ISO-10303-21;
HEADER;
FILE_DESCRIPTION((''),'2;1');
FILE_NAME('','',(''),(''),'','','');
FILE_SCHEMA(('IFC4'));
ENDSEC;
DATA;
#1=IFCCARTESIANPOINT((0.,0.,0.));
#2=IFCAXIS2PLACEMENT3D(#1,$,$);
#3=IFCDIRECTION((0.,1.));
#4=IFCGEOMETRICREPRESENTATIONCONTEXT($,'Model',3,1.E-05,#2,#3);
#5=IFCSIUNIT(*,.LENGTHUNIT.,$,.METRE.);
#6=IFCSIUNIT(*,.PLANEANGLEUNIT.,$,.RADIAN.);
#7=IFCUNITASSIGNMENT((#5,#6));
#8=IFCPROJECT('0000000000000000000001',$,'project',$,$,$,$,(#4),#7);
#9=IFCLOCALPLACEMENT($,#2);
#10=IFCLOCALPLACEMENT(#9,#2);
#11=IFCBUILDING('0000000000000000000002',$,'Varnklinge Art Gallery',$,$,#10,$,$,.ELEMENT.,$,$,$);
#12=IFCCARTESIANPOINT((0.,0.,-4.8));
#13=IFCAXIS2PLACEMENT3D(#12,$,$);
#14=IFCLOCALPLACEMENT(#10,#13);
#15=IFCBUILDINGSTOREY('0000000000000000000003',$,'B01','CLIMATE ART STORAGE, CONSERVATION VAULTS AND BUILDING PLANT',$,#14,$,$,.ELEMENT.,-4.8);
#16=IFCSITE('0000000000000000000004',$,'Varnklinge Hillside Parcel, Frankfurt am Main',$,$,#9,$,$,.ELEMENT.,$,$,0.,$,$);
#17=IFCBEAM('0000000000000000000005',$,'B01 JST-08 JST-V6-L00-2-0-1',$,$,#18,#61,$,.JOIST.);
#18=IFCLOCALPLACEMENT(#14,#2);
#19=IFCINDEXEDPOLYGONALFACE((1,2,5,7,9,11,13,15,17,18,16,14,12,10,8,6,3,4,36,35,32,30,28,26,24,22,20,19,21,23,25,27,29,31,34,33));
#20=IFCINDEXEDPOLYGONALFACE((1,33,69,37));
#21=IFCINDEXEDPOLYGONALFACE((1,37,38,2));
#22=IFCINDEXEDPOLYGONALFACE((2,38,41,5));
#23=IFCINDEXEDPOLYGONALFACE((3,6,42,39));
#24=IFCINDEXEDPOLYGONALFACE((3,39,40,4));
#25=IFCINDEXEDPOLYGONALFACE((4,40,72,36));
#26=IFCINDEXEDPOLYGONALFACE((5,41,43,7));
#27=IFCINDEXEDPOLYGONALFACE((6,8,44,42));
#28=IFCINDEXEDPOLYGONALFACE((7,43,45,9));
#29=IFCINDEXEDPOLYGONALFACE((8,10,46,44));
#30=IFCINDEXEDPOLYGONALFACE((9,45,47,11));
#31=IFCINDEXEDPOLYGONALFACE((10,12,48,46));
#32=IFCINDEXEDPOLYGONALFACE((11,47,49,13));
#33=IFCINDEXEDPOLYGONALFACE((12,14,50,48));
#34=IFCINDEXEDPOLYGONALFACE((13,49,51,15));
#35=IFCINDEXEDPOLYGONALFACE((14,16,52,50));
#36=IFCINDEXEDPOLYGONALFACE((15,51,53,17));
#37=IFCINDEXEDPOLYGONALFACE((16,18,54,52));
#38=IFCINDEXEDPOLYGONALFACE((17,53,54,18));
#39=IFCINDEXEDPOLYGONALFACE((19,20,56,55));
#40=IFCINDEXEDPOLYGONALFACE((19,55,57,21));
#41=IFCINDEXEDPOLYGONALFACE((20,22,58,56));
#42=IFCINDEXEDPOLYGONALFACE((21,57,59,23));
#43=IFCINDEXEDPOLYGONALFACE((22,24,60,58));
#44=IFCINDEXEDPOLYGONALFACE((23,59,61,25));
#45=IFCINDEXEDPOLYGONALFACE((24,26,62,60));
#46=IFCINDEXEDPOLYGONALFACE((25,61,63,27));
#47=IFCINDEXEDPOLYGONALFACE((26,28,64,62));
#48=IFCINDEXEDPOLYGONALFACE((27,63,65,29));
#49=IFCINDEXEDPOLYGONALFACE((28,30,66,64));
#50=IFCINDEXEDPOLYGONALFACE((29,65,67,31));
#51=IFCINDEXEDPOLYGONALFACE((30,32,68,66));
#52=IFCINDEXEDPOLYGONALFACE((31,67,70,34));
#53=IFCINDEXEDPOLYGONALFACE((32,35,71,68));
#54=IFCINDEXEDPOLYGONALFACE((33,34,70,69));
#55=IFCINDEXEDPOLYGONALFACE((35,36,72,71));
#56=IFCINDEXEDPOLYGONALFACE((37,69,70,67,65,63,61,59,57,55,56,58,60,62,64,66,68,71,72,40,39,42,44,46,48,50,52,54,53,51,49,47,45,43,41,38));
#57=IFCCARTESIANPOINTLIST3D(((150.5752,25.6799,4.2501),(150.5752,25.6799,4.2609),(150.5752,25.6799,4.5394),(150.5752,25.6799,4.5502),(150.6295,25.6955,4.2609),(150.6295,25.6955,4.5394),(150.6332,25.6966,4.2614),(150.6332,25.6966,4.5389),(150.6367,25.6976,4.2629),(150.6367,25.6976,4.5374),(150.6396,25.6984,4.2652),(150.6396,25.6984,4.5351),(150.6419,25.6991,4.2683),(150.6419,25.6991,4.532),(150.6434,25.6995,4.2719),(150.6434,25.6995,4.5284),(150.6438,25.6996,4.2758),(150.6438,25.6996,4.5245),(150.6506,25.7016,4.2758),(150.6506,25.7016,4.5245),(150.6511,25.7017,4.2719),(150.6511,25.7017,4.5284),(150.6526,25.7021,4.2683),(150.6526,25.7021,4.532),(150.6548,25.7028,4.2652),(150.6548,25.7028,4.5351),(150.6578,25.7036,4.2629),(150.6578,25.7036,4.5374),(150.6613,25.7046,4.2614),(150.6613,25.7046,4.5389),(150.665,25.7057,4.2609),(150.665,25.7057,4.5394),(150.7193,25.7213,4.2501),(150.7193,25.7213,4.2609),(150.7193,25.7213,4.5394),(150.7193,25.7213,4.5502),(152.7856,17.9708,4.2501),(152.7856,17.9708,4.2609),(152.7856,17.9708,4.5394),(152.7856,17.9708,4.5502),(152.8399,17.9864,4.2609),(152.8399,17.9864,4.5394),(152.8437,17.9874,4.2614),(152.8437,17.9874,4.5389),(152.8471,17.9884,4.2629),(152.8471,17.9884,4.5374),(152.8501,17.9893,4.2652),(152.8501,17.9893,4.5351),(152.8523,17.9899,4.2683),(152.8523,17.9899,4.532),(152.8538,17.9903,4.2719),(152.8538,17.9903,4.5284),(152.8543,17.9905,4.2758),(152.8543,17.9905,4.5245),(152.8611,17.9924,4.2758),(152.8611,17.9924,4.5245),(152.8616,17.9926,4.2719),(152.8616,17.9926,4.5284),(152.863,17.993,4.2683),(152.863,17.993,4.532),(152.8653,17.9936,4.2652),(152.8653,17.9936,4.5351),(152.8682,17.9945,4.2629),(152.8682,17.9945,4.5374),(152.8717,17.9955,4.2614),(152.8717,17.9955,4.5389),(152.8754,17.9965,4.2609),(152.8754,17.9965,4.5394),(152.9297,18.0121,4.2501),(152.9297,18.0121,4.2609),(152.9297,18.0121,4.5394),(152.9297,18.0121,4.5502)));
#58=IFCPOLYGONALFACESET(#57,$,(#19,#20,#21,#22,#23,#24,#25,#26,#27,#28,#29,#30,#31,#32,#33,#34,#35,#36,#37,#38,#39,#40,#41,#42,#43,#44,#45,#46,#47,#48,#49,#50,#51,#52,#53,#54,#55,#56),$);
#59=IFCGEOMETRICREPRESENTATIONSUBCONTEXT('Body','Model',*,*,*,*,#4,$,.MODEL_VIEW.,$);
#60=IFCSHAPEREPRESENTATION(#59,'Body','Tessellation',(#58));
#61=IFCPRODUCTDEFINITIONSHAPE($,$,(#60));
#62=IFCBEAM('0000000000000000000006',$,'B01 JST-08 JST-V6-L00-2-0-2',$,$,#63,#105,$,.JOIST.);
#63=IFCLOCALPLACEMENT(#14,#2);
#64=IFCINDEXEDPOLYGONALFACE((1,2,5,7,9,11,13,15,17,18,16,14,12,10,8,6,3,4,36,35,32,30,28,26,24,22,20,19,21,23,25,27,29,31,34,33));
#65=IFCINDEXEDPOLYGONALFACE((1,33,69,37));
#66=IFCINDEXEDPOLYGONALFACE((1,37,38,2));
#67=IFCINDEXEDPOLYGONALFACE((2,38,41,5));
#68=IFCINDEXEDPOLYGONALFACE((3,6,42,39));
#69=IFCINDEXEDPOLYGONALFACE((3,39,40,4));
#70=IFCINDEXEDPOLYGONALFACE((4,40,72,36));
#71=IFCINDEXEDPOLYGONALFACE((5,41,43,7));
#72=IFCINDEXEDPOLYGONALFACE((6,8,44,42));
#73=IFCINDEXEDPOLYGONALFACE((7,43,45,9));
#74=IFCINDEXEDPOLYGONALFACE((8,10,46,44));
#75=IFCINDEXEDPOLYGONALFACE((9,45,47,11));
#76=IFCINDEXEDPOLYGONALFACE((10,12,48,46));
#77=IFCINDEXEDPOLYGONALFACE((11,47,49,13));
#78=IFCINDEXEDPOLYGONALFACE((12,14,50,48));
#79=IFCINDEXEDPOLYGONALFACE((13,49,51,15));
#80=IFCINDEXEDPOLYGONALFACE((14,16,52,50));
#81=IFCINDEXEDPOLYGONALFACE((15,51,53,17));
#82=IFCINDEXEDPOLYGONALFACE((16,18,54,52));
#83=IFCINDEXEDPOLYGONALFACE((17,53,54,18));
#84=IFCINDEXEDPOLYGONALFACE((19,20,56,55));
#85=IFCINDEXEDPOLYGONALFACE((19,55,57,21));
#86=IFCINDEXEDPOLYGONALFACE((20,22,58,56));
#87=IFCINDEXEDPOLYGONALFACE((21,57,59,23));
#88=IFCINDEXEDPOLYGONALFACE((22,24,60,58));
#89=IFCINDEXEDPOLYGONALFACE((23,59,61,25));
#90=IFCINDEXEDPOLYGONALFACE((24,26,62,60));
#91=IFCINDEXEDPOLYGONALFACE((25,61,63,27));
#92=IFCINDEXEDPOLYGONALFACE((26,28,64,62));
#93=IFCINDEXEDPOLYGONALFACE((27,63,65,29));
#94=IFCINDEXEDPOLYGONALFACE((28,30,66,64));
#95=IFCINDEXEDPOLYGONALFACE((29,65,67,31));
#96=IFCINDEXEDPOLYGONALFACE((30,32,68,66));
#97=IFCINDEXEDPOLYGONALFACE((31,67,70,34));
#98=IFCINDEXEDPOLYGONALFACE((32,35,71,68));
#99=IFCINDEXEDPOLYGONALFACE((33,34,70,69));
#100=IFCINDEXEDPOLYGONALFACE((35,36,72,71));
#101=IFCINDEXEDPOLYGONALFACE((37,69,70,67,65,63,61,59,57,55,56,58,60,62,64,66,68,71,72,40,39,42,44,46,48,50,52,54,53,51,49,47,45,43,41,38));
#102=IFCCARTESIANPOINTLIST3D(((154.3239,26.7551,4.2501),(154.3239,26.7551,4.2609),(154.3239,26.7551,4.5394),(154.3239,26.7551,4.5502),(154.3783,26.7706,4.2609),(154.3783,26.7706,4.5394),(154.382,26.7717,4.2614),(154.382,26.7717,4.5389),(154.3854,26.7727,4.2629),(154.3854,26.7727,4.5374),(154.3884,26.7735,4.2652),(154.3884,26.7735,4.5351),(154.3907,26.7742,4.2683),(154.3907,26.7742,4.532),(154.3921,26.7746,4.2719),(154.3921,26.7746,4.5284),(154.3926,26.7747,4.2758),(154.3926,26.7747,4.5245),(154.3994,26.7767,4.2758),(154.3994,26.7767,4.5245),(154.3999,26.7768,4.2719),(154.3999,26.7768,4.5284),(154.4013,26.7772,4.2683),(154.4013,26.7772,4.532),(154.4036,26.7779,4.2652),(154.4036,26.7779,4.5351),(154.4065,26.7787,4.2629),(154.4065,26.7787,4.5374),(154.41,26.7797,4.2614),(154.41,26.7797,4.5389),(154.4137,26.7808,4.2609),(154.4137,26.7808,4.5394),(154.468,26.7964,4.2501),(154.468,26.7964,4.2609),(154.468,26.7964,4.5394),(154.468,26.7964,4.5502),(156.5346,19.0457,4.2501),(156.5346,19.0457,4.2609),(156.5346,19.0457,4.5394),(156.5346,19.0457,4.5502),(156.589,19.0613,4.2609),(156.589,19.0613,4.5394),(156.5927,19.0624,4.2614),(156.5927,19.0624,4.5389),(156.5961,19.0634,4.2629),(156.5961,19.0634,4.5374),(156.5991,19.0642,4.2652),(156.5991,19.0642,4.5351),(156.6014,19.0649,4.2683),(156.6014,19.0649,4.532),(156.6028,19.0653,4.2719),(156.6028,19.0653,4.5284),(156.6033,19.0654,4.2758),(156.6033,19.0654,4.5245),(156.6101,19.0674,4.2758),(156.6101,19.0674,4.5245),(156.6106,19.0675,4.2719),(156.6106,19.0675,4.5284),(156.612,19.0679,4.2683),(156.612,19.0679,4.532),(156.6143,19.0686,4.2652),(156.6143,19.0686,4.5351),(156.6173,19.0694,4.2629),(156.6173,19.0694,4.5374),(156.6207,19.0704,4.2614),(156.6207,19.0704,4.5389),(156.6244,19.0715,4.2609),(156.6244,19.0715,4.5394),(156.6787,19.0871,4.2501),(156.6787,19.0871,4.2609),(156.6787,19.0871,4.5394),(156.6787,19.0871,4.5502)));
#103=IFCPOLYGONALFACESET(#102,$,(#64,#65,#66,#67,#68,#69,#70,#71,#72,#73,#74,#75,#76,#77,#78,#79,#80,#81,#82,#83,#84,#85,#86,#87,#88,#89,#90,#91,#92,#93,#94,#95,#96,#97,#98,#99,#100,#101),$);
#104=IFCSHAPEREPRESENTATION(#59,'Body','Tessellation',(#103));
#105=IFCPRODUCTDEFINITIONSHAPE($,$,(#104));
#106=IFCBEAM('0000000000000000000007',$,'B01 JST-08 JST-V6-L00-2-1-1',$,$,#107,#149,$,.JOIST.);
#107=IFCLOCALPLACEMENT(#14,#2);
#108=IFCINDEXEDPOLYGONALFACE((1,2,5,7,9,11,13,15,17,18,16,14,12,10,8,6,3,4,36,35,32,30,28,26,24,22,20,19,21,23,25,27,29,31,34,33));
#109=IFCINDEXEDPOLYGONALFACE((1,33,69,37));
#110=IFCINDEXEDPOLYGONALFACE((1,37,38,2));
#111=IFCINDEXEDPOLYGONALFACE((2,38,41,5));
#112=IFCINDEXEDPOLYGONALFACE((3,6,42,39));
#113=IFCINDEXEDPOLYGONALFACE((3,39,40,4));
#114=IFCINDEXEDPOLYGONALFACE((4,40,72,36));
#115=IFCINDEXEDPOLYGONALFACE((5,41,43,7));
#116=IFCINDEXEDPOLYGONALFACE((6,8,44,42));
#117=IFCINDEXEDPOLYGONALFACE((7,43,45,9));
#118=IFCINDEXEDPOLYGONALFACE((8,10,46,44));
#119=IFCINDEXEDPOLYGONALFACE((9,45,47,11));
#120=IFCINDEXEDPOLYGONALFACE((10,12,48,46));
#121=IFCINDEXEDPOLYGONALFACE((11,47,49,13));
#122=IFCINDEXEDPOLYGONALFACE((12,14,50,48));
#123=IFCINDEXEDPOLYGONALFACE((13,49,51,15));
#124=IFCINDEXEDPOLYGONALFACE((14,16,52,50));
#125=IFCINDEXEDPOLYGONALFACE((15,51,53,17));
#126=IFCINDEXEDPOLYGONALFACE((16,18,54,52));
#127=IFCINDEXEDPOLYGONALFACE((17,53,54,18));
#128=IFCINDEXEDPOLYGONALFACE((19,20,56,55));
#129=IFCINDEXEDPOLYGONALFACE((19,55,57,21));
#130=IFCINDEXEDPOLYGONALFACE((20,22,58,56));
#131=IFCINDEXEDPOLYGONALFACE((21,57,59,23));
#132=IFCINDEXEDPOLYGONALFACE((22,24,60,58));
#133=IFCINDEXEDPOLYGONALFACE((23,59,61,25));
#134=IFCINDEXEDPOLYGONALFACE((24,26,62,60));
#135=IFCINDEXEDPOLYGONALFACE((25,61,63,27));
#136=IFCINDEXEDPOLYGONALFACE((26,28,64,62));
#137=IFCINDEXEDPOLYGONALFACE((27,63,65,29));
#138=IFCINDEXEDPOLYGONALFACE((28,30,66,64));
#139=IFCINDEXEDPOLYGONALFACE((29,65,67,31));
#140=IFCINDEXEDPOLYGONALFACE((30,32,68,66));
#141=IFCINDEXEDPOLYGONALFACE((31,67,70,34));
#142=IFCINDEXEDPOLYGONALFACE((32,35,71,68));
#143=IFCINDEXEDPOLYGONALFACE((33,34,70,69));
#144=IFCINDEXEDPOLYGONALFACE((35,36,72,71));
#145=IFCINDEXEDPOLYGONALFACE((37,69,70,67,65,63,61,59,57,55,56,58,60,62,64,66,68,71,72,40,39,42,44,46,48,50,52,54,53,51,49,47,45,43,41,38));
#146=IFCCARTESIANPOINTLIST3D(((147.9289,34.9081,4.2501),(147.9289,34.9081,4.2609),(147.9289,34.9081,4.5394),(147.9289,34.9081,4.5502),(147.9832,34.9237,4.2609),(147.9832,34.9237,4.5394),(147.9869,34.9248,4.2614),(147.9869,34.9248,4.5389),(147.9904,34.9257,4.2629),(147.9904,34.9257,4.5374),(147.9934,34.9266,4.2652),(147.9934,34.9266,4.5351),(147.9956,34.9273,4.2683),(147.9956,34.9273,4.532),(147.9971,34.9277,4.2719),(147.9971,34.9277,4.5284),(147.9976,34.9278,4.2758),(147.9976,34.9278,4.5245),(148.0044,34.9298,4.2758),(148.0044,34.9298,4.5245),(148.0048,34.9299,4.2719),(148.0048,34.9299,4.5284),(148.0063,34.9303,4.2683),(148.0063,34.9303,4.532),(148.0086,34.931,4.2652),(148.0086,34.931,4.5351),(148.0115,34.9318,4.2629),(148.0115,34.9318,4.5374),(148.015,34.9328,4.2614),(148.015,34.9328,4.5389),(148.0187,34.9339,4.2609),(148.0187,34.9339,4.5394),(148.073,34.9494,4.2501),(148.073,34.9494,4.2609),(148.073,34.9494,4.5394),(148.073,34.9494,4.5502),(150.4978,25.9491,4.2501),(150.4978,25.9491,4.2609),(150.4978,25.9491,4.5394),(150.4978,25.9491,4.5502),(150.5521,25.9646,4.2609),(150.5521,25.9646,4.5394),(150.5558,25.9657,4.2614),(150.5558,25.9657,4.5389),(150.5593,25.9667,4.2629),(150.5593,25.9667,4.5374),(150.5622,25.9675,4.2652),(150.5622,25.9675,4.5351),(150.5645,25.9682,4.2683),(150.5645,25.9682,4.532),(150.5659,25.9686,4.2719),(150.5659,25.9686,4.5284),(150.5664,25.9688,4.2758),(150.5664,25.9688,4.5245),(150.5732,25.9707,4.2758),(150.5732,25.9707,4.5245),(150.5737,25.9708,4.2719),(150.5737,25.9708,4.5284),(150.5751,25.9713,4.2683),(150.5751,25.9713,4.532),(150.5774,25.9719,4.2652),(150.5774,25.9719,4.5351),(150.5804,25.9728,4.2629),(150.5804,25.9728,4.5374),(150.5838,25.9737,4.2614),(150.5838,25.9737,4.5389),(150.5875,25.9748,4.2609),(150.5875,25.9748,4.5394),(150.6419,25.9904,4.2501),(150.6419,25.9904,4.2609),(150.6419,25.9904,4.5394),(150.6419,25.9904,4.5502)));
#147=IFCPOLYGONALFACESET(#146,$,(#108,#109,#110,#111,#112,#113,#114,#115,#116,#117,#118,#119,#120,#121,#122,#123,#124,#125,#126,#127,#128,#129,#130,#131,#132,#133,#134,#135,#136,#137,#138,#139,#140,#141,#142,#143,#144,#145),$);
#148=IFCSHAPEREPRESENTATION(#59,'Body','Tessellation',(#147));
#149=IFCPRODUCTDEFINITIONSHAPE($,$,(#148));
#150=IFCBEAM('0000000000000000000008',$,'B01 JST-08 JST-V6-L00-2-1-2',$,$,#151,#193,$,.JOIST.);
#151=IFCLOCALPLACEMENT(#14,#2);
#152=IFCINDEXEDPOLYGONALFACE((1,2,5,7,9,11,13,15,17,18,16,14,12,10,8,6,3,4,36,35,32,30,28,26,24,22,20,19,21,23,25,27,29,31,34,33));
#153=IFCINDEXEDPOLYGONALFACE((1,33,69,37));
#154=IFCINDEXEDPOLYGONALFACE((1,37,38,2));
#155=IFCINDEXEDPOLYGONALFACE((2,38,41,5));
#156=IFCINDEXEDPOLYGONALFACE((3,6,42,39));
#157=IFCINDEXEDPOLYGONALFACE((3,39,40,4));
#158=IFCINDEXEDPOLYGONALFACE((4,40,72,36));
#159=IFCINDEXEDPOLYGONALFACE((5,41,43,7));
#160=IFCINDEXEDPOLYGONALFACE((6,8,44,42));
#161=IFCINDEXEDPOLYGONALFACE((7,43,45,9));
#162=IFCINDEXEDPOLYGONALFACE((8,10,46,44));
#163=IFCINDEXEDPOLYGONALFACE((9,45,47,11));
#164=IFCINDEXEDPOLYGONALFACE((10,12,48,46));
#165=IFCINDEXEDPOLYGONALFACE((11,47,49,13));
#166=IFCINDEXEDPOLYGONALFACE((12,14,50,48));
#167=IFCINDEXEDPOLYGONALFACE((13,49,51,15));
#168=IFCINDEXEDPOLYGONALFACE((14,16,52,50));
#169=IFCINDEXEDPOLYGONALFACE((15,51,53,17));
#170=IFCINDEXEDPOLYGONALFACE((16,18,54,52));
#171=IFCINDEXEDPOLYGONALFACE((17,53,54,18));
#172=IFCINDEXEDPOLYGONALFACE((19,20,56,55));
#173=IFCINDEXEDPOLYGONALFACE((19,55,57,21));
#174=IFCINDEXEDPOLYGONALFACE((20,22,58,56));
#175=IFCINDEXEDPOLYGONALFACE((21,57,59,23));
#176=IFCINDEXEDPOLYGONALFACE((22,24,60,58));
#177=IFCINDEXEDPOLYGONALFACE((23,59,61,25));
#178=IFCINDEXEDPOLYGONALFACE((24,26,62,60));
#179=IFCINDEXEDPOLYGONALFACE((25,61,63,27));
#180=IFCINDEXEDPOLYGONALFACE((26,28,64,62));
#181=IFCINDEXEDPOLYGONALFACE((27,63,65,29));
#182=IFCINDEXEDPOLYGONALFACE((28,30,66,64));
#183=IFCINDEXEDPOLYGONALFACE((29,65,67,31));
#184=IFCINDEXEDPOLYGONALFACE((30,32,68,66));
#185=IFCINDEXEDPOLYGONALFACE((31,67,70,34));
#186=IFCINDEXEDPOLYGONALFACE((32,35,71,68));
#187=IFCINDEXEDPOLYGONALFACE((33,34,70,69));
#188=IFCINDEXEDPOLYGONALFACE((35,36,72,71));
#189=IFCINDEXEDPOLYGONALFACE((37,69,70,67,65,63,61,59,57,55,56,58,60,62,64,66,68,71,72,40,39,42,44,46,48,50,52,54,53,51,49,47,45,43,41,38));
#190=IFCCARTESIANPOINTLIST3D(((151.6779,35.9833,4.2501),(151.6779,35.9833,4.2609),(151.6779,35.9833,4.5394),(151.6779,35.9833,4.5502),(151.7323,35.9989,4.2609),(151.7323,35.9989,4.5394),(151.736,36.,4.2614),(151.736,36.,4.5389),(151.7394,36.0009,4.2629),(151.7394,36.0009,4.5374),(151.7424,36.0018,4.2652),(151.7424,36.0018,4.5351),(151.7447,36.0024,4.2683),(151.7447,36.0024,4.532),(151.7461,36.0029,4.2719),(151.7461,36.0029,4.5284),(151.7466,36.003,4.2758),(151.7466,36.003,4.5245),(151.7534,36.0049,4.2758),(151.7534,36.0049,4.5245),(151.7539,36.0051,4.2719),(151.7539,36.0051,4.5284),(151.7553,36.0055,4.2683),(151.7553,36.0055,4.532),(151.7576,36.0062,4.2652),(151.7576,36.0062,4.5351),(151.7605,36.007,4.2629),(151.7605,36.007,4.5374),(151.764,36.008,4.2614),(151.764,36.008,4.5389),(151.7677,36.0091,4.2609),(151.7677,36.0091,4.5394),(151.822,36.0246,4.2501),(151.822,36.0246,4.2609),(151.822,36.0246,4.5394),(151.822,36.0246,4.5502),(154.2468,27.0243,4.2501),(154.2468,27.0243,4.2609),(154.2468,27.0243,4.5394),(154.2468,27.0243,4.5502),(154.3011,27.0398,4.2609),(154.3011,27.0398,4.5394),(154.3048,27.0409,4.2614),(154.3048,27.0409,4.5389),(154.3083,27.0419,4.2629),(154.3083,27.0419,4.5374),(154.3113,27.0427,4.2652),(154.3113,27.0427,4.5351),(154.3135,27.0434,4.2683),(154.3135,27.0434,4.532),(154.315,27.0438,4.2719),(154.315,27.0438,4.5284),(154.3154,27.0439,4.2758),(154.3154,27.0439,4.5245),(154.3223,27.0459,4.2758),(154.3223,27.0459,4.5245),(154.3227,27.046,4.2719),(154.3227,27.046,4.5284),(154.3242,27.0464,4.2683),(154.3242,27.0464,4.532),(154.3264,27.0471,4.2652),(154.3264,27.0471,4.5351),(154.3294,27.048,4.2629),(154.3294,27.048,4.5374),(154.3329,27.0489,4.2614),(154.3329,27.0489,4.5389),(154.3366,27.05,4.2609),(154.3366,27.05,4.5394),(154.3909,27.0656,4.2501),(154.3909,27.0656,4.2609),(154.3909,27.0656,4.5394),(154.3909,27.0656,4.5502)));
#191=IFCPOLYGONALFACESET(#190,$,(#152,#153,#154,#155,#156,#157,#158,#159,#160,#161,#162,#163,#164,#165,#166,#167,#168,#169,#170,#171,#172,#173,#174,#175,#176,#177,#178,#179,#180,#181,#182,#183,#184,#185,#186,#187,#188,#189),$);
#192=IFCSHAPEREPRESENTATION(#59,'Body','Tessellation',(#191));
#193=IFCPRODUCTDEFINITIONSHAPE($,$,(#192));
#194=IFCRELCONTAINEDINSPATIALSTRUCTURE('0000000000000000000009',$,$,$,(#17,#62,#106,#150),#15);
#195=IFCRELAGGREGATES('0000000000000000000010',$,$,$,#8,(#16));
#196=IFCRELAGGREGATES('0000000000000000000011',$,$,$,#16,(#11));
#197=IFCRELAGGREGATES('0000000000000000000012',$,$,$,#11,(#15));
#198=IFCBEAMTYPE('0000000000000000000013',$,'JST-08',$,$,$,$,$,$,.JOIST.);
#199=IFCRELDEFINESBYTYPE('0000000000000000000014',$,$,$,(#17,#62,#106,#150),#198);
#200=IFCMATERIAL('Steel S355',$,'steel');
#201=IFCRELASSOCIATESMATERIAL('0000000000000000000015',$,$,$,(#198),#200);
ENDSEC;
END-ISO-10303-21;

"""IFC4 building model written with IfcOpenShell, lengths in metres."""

from ifc_helpers import new_model, si_unit, direction, frame, origin, origin_2d, place, context, subcontext, project, spatial, i_section, extrude, material, material_profile, profile_set, type_object, element, save


model = new_model("IFC4")

# Units and contexts
model_context = context("Model", 3, precision=1e-05, world=origin(), true_north=direction((0.0, 1.0)))
body_context = subcontext(model_context, "Body", "Model", "MODEL_VIEW")
ifc_project = project(units=[si_unit("LENGTHUNIT", "METRE"), si_unit("PLANEANGLEUNIT", "RADIAN")], contexts=[model_context])

# Site, building, storey
site_placement = place(None, origin())
site = spatial("IfcSite", under=ifc_project, at=site_placement, Name="Varnklinge Hillside Parcel, Frankfurt am Main", CompositionType="ELEMENT", RefElevation=0.0)
building_placement = place(site_placement, origin())
building = spatial("IfcBuilding", under=site, at=building_placement, Name="Varnklinge Art Gallery", CompositionType="ELEMENT")
storey_placement = place(building_placement, frame((0.0, 0.0, -4.8)))
storey = spatial("IfcBuildingStorey", under=building, at=storey_placement, Name="B01", Description="CLIMATE ART STORAGE, CONSERVATION VAULTS AND BUILDING PLANT", CompositionType="ELEMENT", Elevation=-4.8)

# Beams
ifc_material_1 = material(Name="Steel S355", Category="steel")
ifc_material_profile_1 = material_profile(ifc_material_1, i_section(OverallWidth=0.1499, OverallDepth=0.3, WebThickness=0.0071, FlangeThickness=0.0107, FilletRadius=0.0149, at=origin_2d()), Name="IPE 300")
ifc_profile_set_1 = profile_set([ifc_material_profile_1], Name="Steel S355")
beam_type_1 = type_object("IfcBeamType", Name="JST-08", PredefinedType="JOIST", material=ifc_profile_set_1)
beam_1_placement = place(storey_placement, frame((152.8577, 17.9915, 4.4001), z_axis=(-0.275622, 0.961266, 0.0), x_axis=(-0.961266, -0.275622, 0.0)))
element("IfcBeam", 1, at=beam_1_placement, inside=storey, type_object=beam_type_1, Name="B01 JST-08 JST-V6-L00-2-0-1", PredefinedType="JOIST", context=body_context, shape_type="SweptSolid", body=[
    extrude(i_section(OverallWidth=0.1499, OverallDepth=0.3, WebThickness=0.0071, FlangeThickness=0.0107, FilletRadius=0.0149, at=origin_2d()), origin(), (0.0, 0.0, 1.0), 8.0198),
])
beam_2_placement = place(storey_placement, frame((156.6067, 19.0664, 4.4001), z_axis=(-0.27565, 0.961258, 0.0), x_axis=(-0.961258, -0.27565, 0.0)))
element("IfcBeam", 2, at=beam_2_placement, inside=storey, type_object=beam_type_1, Name="B01 JST-08 JST-V6-L00-2-0-2", PredefinedType="JOIST", context=body_context, shape_type="SweptSolid", body=[
    extrude(i_section(OverallWidth=0.1499, OverallDepth=0.3, WebThickness=0.0071, FlangeThickness=0.0107, FilletRadius=0.0149, at=origin_2d()), origin(), (0.0, 0.0, 1.0), 8.02),
])
for number, where, z_axis, x_axis, name in (
    (3, (150.5698, 25.9697, 4.4001), (-0.275627, 0.961265, 0.0), (-0.961265, -0.275627, 0.0), "B01 JST-08 JST-V6-L00-2-1-1"),
    (4, (154.3188, 27.0449, 4.4001), (-0.275627, 0.961265, 0.0), (-0.961265, -0.275627, 0.0), "B01 JST-08 JST-V6-L00-2-1-2"),
):
    element("IfcBeam", number, at=place(storey_placement, frame(where, z_axis=z_axis, x_axis=x_axis)), inside=storey, type_object=beam_type_1, Name=name, PredefinedType="JOIST", context=body_context, shape_type="SweptSolid", body=[
        extrude(i_section(OverallWidth=0.1499, OverallDepth=0.3, WebThickness=0.0071, FlangeThickness=0.0107, FilletRadius=0.0149, at=origin_2d()), origin(), (0.0, 0.0, 1.0), 9.3201),
    ])

save(model, "model.ifc")
